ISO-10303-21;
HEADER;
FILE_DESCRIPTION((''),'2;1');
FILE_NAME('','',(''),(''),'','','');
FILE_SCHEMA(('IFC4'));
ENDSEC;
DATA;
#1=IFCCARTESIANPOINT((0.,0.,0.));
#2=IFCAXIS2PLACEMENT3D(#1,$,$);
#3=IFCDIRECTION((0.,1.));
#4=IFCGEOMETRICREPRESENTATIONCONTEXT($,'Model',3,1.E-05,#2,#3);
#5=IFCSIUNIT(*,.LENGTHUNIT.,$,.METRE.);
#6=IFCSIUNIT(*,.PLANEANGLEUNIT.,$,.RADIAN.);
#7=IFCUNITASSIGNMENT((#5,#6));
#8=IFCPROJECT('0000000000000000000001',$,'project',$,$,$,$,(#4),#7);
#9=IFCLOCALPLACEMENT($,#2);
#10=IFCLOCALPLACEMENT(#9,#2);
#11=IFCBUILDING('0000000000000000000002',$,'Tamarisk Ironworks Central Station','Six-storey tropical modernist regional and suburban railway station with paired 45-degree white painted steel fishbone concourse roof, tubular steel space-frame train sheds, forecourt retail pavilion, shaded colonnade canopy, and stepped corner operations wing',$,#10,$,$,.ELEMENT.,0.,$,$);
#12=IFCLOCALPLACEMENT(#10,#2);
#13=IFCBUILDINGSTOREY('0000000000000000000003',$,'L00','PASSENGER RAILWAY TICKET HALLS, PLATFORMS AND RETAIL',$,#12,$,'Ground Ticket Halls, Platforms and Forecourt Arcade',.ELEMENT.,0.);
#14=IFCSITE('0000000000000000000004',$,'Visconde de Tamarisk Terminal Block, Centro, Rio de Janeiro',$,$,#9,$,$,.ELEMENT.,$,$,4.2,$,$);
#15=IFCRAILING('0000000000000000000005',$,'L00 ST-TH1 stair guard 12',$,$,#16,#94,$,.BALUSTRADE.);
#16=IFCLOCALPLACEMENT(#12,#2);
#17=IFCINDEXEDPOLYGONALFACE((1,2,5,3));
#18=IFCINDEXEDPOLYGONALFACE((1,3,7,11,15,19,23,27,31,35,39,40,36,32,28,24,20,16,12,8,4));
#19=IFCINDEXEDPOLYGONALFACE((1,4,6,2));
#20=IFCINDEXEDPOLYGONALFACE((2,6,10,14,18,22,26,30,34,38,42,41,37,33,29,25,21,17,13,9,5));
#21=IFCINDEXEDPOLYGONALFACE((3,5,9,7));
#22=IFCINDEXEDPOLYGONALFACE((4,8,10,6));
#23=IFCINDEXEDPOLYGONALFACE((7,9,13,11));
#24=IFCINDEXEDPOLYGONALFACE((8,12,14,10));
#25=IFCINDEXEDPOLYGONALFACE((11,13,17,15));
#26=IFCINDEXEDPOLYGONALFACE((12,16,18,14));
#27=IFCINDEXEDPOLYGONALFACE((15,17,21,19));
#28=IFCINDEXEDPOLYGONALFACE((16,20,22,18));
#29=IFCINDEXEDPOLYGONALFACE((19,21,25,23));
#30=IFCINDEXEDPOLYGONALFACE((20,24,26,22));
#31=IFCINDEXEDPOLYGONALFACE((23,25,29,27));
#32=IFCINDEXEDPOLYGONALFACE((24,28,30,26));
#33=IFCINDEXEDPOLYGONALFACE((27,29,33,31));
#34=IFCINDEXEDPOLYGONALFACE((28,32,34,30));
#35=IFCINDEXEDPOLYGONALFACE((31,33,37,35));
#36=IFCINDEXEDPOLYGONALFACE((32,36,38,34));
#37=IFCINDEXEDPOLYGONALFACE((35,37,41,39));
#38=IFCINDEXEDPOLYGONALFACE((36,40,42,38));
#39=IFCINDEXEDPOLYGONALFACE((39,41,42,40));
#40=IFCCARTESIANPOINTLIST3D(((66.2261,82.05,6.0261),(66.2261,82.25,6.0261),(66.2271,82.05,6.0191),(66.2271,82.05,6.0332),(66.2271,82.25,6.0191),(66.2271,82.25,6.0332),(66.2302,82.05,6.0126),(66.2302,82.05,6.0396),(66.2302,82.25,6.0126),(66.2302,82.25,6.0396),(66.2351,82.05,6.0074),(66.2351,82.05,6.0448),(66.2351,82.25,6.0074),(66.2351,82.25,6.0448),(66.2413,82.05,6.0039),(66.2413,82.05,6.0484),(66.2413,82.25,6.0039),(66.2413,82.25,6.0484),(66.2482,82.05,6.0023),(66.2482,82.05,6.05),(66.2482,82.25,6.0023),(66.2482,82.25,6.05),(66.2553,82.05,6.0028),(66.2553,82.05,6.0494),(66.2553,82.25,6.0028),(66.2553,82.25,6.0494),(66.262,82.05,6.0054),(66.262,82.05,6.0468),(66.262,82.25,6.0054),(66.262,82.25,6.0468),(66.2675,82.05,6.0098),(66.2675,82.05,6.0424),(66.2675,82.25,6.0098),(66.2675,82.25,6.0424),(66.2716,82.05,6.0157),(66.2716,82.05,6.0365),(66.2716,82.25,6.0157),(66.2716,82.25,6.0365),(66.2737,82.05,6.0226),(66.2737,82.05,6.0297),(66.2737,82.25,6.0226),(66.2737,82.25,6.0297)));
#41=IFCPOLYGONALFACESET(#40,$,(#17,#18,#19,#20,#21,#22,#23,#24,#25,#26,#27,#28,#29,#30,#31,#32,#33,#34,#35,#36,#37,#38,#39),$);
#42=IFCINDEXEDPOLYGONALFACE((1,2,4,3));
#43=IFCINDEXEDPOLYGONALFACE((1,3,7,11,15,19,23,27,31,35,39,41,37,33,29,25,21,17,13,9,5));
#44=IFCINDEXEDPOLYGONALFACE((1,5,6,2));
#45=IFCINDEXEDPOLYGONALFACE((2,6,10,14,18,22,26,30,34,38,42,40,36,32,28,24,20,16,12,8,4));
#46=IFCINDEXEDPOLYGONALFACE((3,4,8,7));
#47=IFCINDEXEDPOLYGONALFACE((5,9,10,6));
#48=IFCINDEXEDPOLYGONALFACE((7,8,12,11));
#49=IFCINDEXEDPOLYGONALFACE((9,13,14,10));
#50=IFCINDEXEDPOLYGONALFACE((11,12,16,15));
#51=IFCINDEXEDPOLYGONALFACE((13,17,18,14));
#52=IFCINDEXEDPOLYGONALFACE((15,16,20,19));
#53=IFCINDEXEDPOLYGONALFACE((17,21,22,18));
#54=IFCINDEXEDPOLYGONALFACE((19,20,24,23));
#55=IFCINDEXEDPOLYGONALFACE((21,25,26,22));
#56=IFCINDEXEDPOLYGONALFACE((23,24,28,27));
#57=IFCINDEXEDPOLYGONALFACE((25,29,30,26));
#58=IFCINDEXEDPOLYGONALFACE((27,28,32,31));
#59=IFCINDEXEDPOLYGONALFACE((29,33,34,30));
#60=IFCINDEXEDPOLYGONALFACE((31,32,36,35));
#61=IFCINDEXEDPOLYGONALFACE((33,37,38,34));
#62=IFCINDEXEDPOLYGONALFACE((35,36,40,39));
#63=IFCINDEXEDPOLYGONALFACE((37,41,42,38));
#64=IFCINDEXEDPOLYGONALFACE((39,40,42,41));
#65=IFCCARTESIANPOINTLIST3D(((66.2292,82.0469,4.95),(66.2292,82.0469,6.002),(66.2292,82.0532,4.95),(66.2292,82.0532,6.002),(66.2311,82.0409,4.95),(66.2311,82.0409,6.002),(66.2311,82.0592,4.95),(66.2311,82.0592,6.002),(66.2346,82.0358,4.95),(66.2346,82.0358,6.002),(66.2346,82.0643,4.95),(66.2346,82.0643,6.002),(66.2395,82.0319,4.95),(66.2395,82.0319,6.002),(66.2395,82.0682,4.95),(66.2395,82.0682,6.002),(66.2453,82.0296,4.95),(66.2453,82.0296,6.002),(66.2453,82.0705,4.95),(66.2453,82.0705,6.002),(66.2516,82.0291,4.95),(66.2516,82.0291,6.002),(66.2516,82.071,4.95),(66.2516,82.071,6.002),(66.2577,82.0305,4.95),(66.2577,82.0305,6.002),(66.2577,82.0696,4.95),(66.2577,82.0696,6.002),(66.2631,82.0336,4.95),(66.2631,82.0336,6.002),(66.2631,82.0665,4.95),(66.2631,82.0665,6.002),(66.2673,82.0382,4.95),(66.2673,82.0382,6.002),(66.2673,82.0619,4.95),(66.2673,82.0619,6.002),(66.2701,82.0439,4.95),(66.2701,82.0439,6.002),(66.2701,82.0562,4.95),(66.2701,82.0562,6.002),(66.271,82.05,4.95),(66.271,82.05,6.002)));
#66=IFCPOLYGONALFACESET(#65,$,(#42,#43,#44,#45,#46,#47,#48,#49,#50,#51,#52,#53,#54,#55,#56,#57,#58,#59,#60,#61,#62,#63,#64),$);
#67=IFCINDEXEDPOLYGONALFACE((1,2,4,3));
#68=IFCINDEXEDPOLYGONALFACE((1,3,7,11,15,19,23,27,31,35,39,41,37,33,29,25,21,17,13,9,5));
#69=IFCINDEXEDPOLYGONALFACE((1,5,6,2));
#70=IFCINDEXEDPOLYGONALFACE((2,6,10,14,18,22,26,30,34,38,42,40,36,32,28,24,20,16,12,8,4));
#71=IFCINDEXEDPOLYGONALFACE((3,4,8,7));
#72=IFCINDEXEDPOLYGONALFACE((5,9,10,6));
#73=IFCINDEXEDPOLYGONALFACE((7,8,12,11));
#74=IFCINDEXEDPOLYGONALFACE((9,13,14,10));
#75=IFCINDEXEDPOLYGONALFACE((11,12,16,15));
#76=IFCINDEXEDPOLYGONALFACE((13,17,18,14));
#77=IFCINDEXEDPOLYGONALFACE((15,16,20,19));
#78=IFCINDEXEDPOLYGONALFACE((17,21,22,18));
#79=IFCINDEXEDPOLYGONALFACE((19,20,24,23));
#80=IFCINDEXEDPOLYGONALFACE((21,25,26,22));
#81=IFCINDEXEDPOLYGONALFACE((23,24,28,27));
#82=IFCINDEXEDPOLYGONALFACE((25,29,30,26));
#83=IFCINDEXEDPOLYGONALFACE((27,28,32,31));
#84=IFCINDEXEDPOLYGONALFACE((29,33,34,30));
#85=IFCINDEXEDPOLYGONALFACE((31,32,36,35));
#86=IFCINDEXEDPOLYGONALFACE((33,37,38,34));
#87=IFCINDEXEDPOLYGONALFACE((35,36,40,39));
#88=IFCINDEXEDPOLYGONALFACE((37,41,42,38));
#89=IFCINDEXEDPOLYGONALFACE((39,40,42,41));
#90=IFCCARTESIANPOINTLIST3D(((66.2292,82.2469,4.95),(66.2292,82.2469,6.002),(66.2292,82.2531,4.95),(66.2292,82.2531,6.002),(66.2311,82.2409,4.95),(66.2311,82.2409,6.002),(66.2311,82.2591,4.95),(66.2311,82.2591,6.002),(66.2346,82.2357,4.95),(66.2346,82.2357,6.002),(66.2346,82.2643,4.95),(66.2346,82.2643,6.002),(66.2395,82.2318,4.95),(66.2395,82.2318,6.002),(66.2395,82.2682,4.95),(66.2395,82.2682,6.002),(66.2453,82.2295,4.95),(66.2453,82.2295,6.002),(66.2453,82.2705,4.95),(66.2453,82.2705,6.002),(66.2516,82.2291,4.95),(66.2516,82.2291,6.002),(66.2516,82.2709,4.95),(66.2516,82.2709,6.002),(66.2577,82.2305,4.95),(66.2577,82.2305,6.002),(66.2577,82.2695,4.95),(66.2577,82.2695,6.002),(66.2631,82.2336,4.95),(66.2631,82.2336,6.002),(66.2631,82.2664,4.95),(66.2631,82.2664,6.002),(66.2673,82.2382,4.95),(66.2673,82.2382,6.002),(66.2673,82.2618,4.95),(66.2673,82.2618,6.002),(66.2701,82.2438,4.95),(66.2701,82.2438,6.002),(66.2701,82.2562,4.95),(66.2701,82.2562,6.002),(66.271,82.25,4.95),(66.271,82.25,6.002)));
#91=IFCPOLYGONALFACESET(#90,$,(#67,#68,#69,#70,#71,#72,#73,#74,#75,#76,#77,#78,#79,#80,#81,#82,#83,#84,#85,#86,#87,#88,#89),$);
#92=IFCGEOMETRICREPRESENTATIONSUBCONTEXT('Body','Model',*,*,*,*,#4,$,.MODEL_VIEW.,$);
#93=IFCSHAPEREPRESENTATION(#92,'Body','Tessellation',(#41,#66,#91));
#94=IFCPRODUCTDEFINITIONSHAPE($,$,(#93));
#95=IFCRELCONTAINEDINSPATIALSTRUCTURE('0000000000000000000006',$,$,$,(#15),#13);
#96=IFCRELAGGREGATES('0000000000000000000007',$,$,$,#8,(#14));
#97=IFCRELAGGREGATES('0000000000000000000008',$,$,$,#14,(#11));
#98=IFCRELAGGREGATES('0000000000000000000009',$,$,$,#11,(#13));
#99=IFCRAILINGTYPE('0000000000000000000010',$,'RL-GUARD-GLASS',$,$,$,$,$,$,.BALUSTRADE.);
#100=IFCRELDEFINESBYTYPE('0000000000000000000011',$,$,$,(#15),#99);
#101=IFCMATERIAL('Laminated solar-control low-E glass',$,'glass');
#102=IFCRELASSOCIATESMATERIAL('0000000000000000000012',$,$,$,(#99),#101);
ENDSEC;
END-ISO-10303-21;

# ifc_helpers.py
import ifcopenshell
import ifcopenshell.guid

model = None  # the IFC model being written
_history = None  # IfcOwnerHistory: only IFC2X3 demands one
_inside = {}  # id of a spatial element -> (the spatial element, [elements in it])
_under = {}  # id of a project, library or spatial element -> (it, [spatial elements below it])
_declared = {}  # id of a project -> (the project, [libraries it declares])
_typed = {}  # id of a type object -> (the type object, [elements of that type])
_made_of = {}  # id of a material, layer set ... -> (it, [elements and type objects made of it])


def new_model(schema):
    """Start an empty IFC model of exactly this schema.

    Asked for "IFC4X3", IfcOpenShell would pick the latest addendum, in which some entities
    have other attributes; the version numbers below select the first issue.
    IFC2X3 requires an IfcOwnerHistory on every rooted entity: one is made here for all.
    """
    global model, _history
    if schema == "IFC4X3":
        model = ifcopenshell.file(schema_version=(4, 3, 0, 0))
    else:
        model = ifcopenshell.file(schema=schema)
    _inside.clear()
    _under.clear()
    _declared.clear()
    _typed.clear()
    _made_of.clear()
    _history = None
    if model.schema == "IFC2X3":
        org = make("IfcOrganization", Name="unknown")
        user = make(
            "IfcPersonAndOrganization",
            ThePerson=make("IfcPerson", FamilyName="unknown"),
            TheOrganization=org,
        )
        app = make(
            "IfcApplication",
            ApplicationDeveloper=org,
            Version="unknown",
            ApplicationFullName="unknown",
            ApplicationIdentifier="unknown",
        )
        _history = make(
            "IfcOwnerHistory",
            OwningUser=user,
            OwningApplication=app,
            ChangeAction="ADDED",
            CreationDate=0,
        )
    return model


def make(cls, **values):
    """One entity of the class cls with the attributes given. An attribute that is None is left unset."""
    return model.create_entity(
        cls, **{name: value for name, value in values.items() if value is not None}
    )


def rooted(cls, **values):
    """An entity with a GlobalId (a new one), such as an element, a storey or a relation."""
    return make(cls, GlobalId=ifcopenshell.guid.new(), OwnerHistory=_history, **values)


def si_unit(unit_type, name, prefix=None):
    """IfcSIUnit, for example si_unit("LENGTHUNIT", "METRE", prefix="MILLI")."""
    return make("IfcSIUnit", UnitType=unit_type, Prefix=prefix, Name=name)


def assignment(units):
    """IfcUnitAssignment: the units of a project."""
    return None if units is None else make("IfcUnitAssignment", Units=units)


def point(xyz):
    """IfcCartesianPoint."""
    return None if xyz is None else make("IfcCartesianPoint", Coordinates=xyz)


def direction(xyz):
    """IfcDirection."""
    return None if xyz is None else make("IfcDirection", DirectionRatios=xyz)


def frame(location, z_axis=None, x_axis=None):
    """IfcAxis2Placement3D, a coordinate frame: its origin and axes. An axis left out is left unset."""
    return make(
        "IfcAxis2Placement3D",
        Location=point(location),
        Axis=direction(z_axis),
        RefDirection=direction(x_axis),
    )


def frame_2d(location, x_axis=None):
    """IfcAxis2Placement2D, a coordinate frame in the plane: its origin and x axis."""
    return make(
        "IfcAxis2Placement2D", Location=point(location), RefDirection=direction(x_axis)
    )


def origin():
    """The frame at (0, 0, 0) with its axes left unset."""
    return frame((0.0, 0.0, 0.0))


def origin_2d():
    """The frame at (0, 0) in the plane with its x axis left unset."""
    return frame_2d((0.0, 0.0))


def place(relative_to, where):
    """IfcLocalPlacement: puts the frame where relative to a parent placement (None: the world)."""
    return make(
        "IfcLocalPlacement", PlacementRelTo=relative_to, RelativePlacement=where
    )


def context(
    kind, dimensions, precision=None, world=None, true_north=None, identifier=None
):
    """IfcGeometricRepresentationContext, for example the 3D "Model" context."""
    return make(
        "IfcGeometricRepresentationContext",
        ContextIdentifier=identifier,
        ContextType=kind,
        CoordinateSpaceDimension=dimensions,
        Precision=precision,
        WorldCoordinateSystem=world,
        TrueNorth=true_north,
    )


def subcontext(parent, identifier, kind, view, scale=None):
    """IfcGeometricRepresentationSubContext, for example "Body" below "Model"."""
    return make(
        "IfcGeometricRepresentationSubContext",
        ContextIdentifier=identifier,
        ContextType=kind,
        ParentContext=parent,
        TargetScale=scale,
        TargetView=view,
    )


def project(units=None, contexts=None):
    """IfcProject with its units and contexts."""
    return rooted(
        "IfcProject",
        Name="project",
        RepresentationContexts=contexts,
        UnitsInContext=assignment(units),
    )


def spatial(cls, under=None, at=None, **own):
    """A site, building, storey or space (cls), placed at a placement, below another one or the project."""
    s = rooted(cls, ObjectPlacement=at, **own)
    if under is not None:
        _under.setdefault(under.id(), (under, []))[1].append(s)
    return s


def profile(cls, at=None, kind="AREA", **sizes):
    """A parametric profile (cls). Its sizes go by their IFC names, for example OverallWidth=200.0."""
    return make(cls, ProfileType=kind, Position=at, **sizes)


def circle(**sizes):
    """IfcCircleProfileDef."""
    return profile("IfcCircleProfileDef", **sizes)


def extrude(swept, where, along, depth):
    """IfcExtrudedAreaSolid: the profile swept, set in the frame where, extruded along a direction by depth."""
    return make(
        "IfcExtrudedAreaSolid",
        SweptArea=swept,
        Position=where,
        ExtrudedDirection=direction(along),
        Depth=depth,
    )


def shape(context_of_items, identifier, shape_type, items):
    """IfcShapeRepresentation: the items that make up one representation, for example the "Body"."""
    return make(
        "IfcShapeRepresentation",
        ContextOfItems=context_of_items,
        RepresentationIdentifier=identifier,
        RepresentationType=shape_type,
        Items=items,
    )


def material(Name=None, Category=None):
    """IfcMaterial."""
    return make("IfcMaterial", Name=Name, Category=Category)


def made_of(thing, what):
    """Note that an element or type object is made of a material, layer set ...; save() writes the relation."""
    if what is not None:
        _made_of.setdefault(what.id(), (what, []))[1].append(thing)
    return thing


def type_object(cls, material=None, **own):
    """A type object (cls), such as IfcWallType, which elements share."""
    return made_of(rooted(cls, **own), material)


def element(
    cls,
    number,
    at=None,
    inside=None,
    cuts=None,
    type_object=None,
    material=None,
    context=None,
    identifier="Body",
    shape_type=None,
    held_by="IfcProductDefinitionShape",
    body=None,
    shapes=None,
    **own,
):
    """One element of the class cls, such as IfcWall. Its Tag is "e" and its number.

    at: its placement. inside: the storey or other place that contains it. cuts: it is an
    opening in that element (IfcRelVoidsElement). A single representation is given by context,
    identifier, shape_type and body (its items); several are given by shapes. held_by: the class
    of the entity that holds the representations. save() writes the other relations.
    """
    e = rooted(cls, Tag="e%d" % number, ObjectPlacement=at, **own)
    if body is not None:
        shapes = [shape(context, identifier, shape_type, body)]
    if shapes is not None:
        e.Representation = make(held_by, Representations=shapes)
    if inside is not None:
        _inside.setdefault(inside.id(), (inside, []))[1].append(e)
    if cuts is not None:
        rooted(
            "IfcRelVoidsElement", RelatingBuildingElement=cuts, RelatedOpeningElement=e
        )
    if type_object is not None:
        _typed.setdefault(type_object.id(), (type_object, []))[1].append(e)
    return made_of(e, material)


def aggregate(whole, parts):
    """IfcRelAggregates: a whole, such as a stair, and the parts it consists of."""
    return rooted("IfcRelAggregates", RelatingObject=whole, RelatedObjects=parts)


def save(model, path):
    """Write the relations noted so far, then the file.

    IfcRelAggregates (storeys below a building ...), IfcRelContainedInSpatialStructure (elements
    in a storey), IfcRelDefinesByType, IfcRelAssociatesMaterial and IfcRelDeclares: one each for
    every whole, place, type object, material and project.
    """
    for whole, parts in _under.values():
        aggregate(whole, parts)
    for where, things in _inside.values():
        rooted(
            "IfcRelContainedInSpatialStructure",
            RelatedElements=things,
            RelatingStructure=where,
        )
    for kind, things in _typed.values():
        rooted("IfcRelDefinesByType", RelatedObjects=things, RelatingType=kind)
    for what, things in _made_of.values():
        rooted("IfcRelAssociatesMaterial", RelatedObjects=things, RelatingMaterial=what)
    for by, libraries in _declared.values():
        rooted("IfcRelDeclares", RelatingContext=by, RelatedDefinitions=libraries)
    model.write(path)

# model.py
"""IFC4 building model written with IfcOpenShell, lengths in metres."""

from ifc_helpers import new_model, si_unit, direction, frame, origin, origin_2d, place, context, subcontext, project, spatial, circle, extrude, material, type_object, element, save


model = new_model("IFC4")

# Units and contexts
model_context = context("Model", 3, precision=1e-05, world=origin(), true_north=direction((0.0, 1.0)))
body_context = subcontext(model_context, "Body", "Model", "MODEL_VIEW")
ifc_project = project(units=[si_unit("LENGTHUNIT", "METRE"), si_unit("PLANEANGLEUNIT", "RADIAN")], contexts=[model_context])

# Site, building, storey
site_placement = place(None, origin())
site = spatial("IfcSite", under=ifc_project, at=site_placement, Name="Visconde de Tamarisk Terminal Block, Centro, Rio de Janeiro", CompositionType="ELEMENT", RefElevation=4.2)
building_placement = place(site_placement, origin())
building = spatial("IfcBuilding", under=site, at=building_placement, Name="Tamarisk Ironworks Central Station", Description="Six-storey tropical modernist regional and suburban railway station with paired 45-degree white painted steel fishbone concourse roof, tubular steel space-frame train sheds, forecourt retail pavilion, shaded colonnade canopy, and stepped corner operations wing", CompositionType="ELEMENT", ElevationOfRefHeight=0.0)
storey_placement = place(building_placement, origin())
storey = spatial("IfcBuildingStorey", under=building, at=storey_placement, Name="L00", Description="PASSENGER RAILWAY TICKET HALLS, PLATFORMS AND RETAIL", LongName="Ground Ticket Halls, Platforms and Forecourt Arcade", CompositionType="ELEMENT", Elevation=0.0)

# Shared definitions
ifc_material_1 = material(Name="Laminated solar-control low-E glass", Category="glass")

# Railing
railing_type_1 = type_object("IfcRailingType", Name="RL-GUARD-GLASS", PredefinedType="BALUSTRADE", material=ifc_material_1)
railing_1_placement = place(storey_placement, frame((66.25, 82.05, 4.95)))
element("IfcRailing", 1, at=railing_1_placement, inside=storey, type_object=railing_type_1, Name="L00 ST-TH1 stair guard 12", PredefinedType="BALUSTRADE", context=body_context, shape_type="SweptSolid", body=[
    extrude(circle(Radius=0.0239, at=origin_2d()), frame((0.0, 0.0, 1.0762), z_axis=(0.0, 1.0, 0.0), x_axis=(-1.0, 0.0, 0.0)), (0.0, 0.0, 1.0), 0.2),
    extrude(circle(Radius=0.021, at=origin_2d()), origin(), (0.0, 0.0, 1.0), 1.052),
    extrude(circle(Radius=0.021, at=origin_2d()), frame((0.0, 0.2, 0.0)), (0.0, 0.0, 1.0), 1.052),
])

save(model, "model.ifc")
